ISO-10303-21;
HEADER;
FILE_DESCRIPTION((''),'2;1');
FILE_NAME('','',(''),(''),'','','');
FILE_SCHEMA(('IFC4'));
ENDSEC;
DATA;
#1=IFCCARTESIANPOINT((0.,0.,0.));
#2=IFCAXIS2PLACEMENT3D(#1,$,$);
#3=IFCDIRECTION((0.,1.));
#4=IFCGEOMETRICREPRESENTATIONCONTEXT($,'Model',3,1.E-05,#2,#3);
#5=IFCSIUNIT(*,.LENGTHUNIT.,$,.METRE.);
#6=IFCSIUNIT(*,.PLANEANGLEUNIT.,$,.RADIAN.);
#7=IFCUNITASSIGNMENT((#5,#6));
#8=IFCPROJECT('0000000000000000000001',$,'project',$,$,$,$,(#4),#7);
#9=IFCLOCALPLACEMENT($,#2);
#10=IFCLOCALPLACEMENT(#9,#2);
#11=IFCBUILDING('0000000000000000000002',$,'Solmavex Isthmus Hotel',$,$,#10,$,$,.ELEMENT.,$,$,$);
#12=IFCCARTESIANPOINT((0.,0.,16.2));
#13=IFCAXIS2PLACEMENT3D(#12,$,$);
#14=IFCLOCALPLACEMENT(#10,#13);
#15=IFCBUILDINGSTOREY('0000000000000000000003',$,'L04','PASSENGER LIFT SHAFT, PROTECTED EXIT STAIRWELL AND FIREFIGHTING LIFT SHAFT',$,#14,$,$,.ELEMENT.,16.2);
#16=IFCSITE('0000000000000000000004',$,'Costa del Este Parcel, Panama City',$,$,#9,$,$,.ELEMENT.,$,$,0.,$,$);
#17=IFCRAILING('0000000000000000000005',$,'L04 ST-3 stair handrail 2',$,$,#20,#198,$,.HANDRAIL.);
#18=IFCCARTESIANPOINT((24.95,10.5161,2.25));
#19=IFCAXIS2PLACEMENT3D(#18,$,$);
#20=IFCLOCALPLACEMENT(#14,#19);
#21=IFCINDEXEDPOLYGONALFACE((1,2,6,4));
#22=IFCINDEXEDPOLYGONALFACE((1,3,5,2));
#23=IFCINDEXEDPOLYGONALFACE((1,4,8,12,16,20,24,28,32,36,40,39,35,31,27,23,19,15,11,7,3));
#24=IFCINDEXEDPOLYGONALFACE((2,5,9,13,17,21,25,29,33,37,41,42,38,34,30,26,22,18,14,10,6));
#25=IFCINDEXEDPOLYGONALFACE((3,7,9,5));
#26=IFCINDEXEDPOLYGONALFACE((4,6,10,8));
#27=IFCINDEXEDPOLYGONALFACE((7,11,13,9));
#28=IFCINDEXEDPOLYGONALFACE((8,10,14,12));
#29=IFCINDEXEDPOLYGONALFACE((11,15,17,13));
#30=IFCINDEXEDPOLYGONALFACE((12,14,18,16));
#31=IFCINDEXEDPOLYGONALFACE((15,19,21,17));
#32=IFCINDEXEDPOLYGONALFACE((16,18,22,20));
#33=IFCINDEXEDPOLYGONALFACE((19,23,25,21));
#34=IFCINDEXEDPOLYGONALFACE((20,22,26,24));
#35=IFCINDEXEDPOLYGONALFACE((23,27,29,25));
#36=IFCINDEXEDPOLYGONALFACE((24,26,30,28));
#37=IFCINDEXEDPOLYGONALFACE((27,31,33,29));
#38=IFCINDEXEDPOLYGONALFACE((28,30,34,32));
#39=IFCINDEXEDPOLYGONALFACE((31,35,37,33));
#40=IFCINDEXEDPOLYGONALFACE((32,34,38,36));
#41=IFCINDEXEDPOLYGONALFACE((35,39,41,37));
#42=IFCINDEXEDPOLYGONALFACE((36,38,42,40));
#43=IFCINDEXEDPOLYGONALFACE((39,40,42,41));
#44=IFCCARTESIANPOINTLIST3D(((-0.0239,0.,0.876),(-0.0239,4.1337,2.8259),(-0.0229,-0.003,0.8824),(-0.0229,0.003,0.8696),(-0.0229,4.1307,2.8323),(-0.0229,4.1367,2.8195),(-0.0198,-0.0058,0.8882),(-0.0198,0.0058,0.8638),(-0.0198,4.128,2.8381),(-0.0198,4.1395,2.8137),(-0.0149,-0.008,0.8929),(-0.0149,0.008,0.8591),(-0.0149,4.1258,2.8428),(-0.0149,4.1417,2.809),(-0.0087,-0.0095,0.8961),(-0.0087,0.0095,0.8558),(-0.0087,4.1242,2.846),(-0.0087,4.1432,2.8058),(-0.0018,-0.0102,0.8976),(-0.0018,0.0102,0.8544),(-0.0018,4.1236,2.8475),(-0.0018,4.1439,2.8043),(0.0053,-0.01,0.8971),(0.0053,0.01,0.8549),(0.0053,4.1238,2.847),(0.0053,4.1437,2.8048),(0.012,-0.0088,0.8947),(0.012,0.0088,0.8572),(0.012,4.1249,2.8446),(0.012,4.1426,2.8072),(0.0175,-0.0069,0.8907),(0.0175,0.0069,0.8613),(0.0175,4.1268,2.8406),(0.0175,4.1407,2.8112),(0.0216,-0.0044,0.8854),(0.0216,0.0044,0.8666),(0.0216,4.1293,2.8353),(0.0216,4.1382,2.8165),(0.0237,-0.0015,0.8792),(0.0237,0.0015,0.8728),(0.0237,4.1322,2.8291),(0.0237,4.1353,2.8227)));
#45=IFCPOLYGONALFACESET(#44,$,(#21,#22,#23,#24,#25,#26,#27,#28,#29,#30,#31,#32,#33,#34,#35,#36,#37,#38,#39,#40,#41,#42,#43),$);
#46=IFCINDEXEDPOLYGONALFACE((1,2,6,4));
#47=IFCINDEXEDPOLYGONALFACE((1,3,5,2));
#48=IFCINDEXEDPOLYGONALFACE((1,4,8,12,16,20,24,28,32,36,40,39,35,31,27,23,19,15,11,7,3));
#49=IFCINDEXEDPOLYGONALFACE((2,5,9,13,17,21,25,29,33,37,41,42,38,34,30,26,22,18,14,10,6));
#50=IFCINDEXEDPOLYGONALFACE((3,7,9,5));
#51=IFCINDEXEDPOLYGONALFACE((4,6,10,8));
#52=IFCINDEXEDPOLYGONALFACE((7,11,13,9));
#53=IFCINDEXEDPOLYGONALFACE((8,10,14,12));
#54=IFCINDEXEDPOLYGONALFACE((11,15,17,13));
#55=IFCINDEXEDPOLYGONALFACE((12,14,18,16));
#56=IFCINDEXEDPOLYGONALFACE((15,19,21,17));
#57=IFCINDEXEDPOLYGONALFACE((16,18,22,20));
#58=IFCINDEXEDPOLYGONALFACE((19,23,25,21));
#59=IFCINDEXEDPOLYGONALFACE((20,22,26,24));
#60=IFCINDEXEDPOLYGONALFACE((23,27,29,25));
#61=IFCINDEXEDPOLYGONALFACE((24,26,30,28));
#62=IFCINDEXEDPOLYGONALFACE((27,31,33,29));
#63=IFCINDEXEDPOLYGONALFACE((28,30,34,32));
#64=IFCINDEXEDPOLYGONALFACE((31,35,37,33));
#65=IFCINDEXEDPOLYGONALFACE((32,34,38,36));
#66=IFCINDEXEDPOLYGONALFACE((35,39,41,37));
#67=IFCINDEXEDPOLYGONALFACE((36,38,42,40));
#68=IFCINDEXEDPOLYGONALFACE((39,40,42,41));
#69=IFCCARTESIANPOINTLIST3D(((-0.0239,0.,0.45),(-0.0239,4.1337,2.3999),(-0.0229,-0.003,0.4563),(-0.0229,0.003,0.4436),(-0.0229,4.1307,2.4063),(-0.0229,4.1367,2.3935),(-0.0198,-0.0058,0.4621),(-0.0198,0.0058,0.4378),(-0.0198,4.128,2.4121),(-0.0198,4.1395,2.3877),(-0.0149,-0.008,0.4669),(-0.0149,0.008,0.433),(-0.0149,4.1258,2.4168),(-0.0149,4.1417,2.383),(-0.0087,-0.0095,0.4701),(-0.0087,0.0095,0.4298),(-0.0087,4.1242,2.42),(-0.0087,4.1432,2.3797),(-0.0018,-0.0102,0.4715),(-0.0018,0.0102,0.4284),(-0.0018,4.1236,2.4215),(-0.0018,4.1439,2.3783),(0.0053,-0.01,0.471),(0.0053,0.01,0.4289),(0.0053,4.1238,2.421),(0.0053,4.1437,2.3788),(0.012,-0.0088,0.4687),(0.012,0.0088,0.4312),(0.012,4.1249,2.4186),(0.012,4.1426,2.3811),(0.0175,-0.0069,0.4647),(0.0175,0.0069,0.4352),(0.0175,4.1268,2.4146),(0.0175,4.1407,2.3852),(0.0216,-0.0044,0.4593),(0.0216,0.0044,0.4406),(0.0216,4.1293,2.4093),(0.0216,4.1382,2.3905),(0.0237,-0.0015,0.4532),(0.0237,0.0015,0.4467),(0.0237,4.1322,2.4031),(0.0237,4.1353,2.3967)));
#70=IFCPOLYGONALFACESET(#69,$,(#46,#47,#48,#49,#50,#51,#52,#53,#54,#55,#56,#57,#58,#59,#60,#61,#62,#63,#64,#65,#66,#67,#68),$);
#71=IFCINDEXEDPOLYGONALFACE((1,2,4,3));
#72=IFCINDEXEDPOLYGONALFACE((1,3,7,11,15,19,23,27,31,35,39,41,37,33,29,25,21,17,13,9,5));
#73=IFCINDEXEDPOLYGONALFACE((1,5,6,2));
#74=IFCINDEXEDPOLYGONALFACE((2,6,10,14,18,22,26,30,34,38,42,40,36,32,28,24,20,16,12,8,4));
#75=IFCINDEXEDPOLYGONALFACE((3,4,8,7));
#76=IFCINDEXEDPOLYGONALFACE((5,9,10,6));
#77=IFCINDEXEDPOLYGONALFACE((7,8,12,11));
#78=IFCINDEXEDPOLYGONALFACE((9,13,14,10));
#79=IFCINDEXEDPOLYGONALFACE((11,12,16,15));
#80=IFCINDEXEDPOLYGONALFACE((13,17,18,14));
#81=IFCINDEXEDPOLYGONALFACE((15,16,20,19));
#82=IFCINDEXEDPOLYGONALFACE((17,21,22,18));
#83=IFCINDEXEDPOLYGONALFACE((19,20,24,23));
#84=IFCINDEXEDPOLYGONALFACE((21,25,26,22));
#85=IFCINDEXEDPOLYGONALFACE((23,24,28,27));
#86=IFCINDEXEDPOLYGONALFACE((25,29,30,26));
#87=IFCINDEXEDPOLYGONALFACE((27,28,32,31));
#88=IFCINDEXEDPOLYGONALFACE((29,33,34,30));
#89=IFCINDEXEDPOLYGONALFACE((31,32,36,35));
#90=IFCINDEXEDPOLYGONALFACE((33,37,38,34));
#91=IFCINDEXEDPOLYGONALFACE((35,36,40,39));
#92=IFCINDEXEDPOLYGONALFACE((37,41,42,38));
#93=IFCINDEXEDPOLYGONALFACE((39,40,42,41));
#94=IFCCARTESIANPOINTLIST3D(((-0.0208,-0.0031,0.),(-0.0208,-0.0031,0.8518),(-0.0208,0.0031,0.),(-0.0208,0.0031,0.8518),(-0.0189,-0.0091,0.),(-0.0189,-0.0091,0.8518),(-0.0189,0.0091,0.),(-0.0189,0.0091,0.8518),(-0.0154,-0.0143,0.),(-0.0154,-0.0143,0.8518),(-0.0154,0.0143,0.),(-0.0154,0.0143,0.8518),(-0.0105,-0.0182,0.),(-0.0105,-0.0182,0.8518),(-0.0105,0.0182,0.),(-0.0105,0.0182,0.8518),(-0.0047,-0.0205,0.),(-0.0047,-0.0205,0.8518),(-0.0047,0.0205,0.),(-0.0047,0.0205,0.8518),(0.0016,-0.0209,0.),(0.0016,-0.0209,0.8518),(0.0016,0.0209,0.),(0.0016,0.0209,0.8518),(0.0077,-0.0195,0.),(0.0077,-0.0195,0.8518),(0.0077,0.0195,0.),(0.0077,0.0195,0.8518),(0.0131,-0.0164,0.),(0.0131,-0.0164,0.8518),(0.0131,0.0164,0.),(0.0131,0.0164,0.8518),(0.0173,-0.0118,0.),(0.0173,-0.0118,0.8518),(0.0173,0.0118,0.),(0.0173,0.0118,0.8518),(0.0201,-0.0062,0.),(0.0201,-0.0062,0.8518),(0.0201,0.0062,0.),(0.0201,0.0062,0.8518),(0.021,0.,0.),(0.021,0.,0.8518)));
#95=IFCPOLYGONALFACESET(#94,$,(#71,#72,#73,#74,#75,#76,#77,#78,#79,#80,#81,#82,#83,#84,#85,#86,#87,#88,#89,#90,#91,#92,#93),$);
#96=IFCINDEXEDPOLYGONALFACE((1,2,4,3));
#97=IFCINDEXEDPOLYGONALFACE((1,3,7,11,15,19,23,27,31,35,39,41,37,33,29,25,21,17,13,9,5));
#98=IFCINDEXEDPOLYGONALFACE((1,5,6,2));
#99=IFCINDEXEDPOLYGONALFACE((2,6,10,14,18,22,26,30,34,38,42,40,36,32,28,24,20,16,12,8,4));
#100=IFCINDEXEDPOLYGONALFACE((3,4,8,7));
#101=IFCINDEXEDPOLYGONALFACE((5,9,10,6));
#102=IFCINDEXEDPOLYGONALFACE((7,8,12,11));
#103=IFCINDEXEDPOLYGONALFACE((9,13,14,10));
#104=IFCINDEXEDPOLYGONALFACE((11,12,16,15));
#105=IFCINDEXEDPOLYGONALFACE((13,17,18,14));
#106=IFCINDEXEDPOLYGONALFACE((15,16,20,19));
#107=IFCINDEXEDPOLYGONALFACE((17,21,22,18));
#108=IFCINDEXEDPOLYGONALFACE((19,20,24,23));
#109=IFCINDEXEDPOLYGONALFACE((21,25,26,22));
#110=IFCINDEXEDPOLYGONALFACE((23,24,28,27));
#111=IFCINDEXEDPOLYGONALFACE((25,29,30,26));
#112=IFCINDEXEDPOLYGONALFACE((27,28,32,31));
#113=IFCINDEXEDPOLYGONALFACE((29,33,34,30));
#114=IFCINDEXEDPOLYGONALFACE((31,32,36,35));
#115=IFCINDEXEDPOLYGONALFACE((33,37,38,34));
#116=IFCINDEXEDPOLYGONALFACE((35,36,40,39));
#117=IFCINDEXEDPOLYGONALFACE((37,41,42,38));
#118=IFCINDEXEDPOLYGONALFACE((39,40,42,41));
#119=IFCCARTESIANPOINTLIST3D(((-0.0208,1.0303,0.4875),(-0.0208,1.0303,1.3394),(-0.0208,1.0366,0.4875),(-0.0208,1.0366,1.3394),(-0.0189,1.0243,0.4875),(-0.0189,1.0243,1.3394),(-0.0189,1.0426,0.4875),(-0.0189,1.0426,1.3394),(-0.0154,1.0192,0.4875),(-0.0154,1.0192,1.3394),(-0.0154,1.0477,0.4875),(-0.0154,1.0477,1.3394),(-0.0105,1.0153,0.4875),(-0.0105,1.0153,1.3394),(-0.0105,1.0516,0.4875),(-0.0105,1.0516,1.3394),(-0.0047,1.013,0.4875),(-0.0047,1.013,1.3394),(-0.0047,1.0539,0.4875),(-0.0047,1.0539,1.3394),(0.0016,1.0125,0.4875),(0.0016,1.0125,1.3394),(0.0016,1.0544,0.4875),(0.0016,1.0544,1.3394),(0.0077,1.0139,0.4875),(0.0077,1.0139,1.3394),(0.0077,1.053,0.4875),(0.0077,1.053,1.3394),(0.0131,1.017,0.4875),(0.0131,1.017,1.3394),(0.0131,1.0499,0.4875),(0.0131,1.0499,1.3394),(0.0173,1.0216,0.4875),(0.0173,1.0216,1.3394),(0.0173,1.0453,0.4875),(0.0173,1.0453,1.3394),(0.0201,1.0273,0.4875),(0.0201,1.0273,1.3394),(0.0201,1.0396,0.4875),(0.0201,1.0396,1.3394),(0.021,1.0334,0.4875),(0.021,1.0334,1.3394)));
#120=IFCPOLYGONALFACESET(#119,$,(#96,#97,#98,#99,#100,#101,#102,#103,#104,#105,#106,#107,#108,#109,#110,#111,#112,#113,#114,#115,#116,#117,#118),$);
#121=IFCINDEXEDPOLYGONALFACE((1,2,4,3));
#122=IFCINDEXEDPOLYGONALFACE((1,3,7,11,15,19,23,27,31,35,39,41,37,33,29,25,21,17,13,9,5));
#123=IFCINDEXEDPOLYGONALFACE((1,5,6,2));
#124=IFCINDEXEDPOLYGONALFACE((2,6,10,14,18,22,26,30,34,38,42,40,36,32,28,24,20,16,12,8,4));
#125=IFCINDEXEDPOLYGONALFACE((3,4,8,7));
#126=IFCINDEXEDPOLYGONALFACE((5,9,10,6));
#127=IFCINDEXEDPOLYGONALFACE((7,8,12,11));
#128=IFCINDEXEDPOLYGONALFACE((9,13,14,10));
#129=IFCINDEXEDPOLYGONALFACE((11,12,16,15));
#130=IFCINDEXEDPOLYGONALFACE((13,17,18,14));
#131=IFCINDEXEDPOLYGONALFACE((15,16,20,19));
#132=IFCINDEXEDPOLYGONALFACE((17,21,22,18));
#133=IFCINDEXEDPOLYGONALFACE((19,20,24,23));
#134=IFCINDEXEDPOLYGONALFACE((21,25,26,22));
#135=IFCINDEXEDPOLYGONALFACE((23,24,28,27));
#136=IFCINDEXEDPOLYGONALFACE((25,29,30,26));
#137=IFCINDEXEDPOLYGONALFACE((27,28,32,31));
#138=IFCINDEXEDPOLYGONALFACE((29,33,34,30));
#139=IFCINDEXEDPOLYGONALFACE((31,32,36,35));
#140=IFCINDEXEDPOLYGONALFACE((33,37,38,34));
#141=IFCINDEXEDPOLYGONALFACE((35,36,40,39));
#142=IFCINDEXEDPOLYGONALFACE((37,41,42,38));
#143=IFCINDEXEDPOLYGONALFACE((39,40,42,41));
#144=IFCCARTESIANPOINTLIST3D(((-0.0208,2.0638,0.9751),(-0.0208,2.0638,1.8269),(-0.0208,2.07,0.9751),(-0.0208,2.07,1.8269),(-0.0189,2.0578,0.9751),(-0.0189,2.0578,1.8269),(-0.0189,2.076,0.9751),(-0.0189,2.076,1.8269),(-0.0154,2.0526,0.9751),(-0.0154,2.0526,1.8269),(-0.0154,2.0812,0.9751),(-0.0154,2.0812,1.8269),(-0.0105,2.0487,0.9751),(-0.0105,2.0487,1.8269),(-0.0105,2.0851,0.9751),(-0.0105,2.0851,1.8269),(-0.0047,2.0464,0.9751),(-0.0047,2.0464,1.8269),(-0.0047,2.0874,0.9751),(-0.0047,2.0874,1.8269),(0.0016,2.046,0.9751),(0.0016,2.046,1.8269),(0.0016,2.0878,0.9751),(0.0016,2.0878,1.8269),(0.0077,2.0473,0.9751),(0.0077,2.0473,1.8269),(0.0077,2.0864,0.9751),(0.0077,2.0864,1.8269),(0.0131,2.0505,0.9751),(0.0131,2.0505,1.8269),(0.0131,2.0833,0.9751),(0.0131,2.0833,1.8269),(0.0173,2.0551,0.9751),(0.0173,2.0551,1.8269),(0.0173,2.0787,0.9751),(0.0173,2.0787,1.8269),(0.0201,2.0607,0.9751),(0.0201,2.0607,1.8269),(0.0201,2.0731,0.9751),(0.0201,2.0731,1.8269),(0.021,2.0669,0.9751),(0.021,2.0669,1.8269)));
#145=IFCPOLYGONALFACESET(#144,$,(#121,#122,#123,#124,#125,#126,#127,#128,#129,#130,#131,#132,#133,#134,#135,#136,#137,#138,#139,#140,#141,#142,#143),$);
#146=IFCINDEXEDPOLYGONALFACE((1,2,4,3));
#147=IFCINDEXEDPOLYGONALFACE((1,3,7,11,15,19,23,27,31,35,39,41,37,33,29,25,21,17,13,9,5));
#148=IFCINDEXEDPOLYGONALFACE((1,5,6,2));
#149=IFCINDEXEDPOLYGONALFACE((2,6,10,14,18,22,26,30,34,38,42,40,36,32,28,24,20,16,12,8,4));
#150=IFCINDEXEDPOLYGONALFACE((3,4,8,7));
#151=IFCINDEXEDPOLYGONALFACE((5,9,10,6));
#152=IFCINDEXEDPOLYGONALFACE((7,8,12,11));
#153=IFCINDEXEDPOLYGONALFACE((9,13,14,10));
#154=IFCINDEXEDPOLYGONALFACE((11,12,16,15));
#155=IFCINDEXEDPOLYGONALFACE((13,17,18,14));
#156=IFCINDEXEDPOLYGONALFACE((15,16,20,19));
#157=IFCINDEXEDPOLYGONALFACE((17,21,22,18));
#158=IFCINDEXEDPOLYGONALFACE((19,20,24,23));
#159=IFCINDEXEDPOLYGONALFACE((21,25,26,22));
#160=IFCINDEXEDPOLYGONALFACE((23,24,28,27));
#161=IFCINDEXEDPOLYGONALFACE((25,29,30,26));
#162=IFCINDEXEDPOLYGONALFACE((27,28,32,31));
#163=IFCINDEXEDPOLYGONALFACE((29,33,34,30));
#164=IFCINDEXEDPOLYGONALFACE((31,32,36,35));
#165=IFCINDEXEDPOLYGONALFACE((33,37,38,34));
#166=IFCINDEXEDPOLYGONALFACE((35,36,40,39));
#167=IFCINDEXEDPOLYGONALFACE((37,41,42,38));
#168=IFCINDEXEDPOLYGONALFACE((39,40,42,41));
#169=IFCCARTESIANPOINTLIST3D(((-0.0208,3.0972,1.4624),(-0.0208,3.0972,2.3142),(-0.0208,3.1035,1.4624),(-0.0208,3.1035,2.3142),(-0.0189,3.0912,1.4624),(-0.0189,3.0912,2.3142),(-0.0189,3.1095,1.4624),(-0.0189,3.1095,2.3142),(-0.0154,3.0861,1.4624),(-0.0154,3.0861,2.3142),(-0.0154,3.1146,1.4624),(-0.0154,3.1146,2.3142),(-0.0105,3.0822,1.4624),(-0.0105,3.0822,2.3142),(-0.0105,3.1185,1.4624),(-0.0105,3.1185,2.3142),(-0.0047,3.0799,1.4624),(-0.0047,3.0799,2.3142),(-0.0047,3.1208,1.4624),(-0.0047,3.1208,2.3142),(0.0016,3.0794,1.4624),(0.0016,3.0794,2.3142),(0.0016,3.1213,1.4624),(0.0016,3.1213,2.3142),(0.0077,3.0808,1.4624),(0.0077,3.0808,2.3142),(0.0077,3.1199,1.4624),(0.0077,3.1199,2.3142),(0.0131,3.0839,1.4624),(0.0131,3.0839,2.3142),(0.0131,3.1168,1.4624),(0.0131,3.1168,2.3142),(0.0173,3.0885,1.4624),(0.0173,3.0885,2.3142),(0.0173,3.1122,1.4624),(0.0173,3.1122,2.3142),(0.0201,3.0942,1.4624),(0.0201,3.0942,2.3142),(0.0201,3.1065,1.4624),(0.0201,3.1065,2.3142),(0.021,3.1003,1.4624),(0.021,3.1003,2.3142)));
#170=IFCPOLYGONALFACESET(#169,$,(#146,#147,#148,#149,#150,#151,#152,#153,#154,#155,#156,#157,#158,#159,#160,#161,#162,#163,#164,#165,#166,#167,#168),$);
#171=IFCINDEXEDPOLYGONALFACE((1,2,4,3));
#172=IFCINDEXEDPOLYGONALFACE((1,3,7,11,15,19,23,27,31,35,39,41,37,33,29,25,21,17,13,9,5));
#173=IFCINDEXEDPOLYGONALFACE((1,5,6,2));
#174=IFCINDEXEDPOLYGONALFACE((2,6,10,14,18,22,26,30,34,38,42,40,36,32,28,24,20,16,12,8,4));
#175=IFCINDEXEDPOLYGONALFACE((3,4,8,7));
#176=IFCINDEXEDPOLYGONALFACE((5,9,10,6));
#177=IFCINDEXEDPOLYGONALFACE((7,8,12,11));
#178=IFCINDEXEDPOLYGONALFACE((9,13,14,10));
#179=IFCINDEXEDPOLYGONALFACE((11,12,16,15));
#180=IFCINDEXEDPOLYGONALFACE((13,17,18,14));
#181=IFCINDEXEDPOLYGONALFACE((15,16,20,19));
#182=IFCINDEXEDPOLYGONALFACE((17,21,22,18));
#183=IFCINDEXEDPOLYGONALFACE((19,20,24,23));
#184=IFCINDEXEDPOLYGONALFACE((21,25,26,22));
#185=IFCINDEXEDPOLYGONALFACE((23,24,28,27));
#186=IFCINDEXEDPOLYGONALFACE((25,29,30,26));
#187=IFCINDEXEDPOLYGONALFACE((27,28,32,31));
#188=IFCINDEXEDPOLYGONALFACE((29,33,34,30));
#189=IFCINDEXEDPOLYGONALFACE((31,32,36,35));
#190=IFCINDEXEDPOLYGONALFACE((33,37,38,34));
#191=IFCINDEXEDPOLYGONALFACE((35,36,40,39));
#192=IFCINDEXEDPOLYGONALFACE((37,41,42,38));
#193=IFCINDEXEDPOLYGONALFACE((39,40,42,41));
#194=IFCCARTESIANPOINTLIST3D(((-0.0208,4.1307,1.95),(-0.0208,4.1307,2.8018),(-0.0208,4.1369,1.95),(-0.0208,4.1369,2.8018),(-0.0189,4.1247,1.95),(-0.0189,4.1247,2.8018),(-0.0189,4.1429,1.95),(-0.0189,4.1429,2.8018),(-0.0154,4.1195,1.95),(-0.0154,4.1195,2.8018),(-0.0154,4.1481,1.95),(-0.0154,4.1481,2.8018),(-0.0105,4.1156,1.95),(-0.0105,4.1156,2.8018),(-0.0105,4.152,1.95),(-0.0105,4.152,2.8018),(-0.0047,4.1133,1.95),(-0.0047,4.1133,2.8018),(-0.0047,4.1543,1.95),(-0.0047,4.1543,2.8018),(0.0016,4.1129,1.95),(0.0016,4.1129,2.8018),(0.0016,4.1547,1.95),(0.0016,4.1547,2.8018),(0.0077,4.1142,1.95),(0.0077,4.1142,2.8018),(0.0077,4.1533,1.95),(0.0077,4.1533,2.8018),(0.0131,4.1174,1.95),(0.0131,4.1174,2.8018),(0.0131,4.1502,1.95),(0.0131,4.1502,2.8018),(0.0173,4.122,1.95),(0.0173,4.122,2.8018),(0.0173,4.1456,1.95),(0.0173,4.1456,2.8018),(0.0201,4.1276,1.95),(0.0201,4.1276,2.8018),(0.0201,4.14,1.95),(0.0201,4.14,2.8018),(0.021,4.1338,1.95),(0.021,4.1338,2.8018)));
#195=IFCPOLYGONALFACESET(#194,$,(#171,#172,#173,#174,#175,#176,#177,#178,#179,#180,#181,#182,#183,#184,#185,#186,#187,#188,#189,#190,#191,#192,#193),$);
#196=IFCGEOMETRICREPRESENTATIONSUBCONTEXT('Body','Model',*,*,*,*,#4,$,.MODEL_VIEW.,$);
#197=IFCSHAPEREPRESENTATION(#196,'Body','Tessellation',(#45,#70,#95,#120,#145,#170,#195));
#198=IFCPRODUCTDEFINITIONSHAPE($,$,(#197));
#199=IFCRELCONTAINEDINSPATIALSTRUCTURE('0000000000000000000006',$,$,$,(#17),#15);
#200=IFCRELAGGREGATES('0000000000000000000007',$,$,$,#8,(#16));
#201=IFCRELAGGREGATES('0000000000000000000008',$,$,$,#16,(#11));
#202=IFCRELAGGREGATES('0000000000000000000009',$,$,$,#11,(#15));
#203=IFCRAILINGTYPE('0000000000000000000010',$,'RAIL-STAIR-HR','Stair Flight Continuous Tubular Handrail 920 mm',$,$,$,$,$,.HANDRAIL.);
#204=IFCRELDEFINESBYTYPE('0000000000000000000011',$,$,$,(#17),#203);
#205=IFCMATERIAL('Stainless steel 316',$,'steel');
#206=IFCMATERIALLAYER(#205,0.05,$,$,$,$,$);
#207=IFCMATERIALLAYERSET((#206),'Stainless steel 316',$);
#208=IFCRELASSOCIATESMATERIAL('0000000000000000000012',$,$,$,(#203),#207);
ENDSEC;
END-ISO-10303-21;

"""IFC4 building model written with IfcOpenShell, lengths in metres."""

from ifc_helpers import new_model, si_unit, direction, frame, origin, origin_2d, place, context, subcontext, project, spatial, circle, extrude, material, layer, layer_set, type_object, element, save


model = new_model("IFC4")

# Units and contexts
model_context = context("Model", 3, precision=1e-05, world=origin(), true_north=direction((0.0, 1.0)))
body_context = subcontext(model_context, "Body", "Model", "MODEL_VIEW")
ifc_project = project(units=[si_unit("LENGTHUNIT", "METRE"), si_unit("PLANEANGLEUNIT", "RADIAN")], contexts=[model_context])

# Site, building, storey
site_placement = place(None, origin())
site = spatial("IfcSite", under=ifc_project, at=site_placement, Name="Costa del Este Parcel, Panama City", CompositionType="ELEMENT", RefElevation=0.0)
building_placement = place(site_placement, origin())
building = spatial("IfcBuilding", under=site, at=building_placement, Name="Solmavex Isthmus Hotel", CompositionType="ELEMENT")
storey_placement = place(building_placement, frame((0.0, 0.0, 16.2)))
storey = spatial("IfcBuildingStorey", under=building, at=storey_placement, Name="L04", Description="PASSENGER LIFT SHAFT, PROTECTED EXIT STAIRWELL AND FIREFIGHTING LIFT SHAFT", CompositionType="ELEMENT", Elevation=16.2)

# Railing
ifc_material_1 = material(Name="Stainless steel 316", Category="steel")
ifc_layer_1 = layer(ifc_material_1, 0.05)
ifc_layer_set_1 = layer_set([ifc_layer_1], Name="Stainless steel 316")
railing_type_1 = type_object("IfcRailingType", Name="RAIL-STAIR-HR", Description="Stair Flight Continuous Tubular Handrail 920 mm", PredefinedType="HANDRAIL", material=ifc_layer_set_1)
railing_1_placement = place(storey_placement, frame((24.95, 10.5161, 2.25)))
element("IfcRailing", 1, at=railing_1_placement, inside=storey, type_object=railing_type_1, Name="L04 ST-3 stair handrail 2", PredefinedType="HANDRAIL", context=body_context, shape_type="SweptSolid", body=[
    extrude(circle(Radius=0.0239, at=origin_2d()), frame((0.0, 0.0, 0.876), z_axis=(0.0, 0.904427, 0.426628), x_axis=(-1.0, 0.0, 0.0)), (0.0, 0.0, 1.0), 4.5706),
    extrude(circle(Radius=0.0239, at=origin_2d()), frame((0.0, 0.0, 0.45), z_axis=(0.0, 0.904427, 0.426628), x_axis=(-1.0, 0.0, 0.0)), (0.0, 0.0, 1.0), 4.5706),
    extrude(circle(Radius=0.021, at=origin_2d()), origin(), (0.0, 0.0, 1.0), 0.8518),
    extrude(circle(Radius=0.021, at=origin_2d()), frame((0.0, 1.0334, 0.4875)), (0.0, 0.0, 1.0), 0.8518),
    extrude(circle(Radius=0.021, at=origin_2d()), frame((0.0, 2.0669, 0.9751)), (0.0, 0.0, 1.0), 0.8518),
    extrude(circle(Radius=0.021, at=origin_2d()), frame((0.0, 3.1003, 1.4624)), (0.0, 0.0, 1.0), 0.8518),
    extrude(circle(Radius=0.021, at=origin_2d()), frame((0.0, 4.1338, 1.95)), (0.0, 0.0, 1.0), 0.8518),
])

save(model, "model.ifc")
